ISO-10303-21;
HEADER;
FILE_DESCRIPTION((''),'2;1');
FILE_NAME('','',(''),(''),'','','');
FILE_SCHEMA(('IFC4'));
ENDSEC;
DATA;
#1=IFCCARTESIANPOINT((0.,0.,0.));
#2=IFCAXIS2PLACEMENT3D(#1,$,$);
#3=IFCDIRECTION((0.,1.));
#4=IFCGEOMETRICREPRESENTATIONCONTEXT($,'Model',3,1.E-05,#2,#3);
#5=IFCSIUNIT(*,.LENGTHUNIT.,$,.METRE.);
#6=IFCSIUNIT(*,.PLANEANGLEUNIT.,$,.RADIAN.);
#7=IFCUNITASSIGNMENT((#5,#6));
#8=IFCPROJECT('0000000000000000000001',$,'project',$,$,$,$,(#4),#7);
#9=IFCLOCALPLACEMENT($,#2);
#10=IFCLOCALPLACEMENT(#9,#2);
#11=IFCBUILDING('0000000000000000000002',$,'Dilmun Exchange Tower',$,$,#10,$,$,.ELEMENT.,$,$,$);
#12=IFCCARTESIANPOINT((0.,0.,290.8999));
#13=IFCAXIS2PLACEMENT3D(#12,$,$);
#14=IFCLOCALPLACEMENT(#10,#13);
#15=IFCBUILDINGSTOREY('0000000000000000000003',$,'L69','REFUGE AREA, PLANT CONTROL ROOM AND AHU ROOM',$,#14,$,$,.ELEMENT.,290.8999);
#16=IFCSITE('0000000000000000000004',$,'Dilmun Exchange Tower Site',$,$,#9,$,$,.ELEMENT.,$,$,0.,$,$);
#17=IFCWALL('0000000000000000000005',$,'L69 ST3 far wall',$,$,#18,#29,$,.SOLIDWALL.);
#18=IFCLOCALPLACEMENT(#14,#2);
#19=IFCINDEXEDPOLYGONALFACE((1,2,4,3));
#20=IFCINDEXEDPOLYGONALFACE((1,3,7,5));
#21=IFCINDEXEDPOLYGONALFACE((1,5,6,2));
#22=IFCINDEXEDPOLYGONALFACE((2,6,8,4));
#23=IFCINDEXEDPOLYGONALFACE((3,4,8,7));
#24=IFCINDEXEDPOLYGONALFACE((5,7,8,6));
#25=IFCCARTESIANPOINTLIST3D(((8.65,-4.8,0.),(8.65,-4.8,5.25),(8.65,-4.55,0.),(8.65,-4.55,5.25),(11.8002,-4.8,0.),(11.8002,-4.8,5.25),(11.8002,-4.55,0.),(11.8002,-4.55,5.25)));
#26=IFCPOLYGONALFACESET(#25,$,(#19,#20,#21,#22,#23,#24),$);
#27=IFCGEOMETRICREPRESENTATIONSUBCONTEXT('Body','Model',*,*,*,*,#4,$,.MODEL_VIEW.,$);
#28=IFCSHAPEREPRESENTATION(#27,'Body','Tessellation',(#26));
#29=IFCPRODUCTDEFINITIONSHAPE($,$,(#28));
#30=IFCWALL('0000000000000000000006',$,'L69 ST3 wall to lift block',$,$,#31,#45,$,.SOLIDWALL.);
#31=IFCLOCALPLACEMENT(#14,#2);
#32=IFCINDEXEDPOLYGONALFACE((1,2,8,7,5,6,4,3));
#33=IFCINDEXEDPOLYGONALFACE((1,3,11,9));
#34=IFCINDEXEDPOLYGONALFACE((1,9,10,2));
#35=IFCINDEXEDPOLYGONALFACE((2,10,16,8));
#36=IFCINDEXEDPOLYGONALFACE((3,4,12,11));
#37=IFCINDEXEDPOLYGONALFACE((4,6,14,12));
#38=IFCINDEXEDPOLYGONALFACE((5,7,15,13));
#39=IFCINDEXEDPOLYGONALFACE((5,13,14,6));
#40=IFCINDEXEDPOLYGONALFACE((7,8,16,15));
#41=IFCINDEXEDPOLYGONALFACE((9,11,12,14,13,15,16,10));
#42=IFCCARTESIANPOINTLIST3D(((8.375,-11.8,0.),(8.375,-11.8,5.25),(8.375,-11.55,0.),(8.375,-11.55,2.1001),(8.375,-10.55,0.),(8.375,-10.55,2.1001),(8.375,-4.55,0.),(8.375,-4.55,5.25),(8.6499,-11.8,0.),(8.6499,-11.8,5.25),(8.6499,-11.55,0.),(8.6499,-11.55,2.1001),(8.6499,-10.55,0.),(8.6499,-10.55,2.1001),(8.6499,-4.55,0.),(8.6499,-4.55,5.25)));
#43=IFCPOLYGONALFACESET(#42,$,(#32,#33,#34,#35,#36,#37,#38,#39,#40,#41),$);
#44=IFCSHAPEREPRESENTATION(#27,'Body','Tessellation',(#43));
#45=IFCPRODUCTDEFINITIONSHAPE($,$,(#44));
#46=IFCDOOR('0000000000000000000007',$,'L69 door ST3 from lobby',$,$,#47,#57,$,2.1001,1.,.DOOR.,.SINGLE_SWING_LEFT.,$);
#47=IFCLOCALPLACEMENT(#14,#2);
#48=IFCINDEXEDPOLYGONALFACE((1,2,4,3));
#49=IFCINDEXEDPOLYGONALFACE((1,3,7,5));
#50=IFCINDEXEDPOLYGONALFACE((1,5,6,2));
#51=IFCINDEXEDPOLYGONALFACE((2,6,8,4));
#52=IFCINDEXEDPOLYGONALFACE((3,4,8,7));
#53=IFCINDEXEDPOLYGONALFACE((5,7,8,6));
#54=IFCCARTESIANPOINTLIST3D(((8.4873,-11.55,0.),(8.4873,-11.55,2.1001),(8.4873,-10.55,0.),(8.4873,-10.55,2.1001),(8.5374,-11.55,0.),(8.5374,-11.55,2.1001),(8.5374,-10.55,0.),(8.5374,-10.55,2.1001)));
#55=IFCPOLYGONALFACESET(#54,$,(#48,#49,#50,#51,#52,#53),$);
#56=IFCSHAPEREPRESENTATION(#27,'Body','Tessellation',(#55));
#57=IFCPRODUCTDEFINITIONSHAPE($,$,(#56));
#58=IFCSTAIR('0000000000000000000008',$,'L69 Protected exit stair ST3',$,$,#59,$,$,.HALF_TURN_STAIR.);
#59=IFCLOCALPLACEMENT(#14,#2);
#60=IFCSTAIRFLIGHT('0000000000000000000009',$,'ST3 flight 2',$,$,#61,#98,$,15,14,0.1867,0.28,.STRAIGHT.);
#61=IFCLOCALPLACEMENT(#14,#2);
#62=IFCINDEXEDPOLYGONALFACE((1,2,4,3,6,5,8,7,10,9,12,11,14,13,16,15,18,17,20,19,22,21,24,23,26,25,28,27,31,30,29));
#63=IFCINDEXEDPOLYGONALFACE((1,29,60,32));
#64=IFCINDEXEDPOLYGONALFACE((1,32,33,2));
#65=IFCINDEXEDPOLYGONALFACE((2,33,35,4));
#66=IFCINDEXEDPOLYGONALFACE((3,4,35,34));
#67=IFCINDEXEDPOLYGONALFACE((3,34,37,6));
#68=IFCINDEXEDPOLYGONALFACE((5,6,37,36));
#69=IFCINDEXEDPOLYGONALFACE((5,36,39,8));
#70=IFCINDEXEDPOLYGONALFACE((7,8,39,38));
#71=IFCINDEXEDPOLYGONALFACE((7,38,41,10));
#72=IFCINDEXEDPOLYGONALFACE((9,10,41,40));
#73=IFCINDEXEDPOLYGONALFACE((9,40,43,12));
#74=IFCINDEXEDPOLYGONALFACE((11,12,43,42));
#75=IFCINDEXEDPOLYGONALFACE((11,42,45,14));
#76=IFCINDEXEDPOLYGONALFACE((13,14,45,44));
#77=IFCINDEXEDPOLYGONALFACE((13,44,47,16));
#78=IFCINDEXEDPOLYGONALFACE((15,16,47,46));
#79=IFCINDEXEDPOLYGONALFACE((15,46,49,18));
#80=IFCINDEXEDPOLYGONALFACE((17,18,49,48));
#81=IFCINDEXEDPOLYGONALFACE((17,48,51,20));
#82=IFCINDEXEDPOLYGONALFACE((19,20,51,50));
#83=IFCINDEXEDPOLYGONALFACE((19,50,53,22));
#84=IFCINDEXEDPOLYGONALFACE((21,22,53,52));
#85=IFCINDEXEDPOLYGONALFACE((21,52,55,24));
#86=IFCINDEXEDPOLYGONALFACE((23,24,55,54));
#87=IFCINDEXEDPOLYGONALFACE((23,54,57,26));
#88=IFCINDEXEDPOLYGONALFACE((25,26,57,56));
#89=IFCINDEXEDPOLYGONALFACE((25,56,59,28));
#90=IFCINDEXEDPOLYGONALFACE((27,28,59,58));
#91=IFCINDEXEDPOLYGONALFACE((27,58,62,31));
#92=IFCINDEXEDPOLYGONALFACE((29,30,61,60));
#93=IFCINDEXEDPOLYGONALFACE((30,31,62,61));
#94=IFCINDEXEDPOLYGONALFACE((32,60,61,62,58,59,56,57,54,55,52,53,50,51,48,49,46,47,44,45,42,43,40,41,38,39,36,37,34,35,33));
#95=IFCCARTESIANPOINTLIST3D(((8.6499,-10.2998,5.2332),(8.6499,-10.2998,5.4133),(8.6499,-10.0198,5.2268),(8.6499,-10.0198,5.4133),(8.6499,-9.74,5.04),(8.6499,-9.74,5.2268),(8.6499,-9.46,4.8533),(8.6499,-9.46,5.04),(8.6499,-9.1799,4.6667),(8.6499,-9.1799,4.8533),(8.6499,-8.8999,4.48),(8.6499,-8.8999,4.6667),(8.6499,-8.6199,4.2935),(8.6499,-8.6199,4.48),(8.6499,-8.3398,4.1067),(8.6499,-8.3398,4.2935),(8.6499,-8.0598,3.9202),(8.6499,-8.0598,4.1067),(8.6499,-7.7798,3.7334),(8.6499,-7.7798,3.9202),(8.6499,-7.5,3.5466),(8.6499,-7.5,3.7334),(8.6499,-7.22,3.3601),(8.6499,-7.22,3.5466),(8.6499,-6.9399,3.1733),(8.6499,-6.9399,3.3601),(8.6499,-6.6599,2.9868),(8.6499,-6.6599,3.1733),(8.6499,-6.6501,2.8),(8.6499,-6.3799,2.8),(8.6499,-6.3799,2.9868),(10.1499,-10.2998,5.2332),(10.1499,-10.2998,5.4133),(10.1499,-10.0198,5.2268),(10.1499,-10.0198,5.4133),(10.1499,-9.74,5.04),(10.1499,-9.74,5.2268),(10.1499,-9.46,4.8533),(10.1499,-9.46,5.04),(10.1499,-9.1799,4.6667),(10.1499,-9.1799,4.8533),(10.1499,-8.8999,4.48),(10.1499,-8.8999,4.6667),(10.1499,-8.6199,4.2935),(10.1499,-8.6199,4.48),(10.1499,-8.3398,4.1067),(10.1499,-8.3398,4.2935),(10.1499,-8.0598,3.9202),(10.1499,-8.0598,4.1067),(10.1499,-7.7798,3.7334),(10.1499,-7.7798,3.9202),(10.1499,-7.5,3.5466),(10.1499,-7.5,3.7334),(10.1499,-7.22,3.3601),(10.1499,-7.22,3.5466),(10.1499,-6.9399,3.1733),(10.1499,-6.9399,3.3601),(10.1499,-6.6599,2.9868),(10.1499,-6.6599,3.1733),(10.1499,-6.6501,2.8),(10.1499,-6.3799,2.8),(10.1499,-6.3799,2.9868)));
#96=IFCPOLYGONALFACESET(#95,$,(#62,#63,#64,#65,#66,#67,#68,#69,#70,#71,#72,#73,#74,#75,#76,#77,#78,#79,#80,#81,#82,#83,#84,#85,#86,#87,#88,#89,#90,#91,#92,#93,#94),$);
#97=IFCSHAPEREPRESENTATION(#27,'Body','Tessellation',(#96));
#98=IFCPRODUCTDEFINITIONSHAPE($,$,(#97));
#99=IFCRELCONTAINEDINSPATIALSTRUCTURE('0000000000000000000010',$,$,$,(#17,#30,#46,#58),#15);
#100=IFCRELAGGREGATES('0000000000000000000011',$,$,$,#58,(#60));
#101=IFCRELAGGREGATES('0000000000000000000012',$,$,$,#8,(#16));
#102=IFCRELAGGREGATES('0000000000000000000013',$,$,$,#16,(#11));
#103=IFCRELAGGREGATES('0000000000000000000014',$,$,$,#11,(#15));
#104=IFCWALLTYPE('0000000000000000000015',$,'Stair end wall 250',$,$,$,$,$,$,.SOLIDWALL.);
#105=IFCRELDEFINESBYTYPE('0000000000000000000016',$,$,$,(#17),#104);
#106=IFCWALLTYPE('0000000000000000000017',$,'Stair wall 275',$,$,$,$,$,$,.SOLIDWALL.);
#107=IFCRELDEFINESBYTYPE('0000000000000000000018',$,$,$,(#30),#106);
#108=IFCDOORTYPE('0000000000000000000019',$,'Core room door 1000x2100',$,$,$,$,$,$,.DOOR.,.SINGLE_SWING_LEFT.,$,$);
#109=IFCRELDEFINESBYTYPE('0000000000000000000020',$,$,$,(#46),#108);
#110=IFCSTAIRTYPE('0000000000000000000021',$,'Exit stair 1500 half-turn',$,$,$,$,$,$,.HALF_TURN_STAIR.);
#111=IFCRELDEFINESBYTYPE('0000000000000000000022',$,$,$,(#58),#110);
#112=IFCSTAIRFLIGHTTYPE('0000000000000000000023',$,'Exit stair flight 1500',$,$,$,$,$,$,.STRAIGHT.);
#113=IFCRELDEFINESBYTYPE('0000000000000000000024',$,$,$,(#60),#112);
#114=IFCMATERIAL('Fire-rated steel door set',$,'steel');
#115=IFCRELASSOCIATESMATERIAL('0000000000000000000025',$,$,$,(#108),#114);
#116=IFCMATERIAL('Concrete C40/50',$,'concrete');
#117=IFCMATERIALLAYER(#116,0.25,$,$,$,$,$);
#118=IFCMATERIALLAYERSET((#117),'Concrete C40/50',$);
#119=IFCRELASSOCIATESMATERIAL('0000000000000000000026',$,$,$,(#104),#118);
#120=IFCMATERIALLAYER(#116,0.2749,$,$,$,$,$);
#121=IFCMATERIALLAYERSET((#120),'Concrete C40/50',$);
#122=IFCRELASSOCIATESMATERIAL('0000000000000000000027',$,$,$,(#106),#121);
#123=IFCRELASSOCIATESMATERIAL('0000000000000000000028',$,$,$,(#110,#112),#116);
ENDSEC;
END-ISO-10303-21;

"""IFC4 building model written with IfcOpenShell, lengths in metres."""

from ifc_helpers import new_model, si_unit, direction, frame, frame_2d, origin, place, context, subcontext, project, spatial, polyline, rectangle, outline, extrude, material, layer, layer_set, type_object, element, fill, aggregate, save


model = new_model("IFC4")

# Units and contexts
model_context = context("Model", 3, precision=1e-05, world=origin(), true_north=direction((0.0, 1.0)))
body_context = subcontext(model_context, "Body", "Model", "MODEL_VIEW")
ifc_project = project(units=[si_unit("LENGTHUNIT", "METRE"), si_unit("PLANEANGLEUNIT", "RADIAN")], contexts=[model_context])

# Site, building, storey
site_placement = place(None, origin())
site = spatial("IfcSite", under=ifc_project, at=site_placement, Name="Dilmun Exchange Tower Site", CompositionType="ELEMENT", RefElevation=0.0)
building_placement = place(site_placement, origin())
building = spatial("IfcBuilding", under=site, at=building_placement, Name="Dilmun Exchange Tower", CompositionType="ELEMENT")
storey_placement = place(building_placement, frame((0.0, 0.0, 290.8999)))
storey = spatial("IfcBuildingStorey", under=building, at=storey_placement, Name="L69", Description="REFUGE AREA, PLANT CONTROL ROOM AND AHU ROOM", CompositionType="ELEMENT", Elevation=290.8999)

# Shared definitions
ifc_material_1 = material(Name="Concrete C40/50", Category="concrete")

# Shared definitions
ifc_material_2 = material(Name="Fire-rated steel door set", Category="steel")
door_type_1 = type_object("IfcDoorType", Name="Core room door 1000x2100", OperationType="SINGLE_SWING_LEFT", PredefinedType="DOOR", material=ifc_material_2)

# Wall
ifc_layer_1 = layer(ifc_material_1, 0.25)
ifc_layer_set_1 = layer_set([ifc_layer_1], Name="Concrete C40/50")
wall_type_1 = type_object("IfcWallType", Name="Stair end wall 250", PredefinedType="SOLIDWALL", material=ifc_layer_set_1)
wall_1_placement = place(storey_placement, frame((8.6499, -4.675, 0.0), z_axis=(0.0, 0.0, 1.0), x_axis=(1.0, 0.0, 0.0)))
element("IfcWall", 1, at=wall_1_placement, inside=storey, type_object=wall_type_1, Name="L69 ST3 far wall", PredefinedType="SOLIDWALL", context=body_context, shape_type="SweptSolid", body=[
    extrude(rectangle(XDim=3.1501, YDim=0.25, at=frame_2d((1.5752, 0.0))), origin(), (0.0, 0.0, 1.0), 5.25),
])

# Wall, opening, door
ifc_layer_2 = layer(ifc_material_1, 0.2749)
ifc_layer_set_2 = layer_set([ifc_layer_2], Name="Concrete C40/50")
wall_type_2 = type_object("IfcWallType", Name="Stair wall 275", PredefinedType="SOLIDWALL", material=ifc_layer_set_2)
wall_2_placement = place(storey_placement, frame((8.5125, -4.55, 0.0), z_axis=(0.0, 0.0, 1.0), x_axis=(0.0, -1.0, 0.0)))
wall_2 = element("IfcWall", 2, at=wall_2_placement, inside=storey, type_object=wall_type_2, Name="L69 ST3 wall to lift block", PredefinedType="SOLIDWALL", context=body_context, shape_type="SweptSolid", body=[
    extrude(rectangle(XDim=7.25, YDim=0.2749, at=frame_2d((3.625, 0.0))), origin(), (0.0, 0.0, 1.0), 5.25),
])
opening_1_placement = place(wall_2_placement, frame((6.0, 0.0, 0.0)))
opening_1 = element("IfcOpeningElement", 3, at=opening_1_placement, cuts=wall_2, PredefinedType="OPENING", context=body_context, shape_type="SweptSolid", body=[
    extrude(rectangle(XDim=1.0, YDim=2.1001, at=frame_2d((0.5, 1.05))), frame((0.0, 0.1475, 0.0), z_axis=(0.0, -1.0, 0.0), x_axis=(1.0, 0.0, 0.0)), (0.0, 0.0, 1.0), 0.2949),
])
door_1_placement = place(opening_1_placement, origin())
door_1 = element("IfcDoor", 4, at=door_1_placement, inside=storey, type_object=door_type_1, Name="L69 door ST3 from lobby", OperationType="SINGLE_SWING_LEFT", OverallHeight=2.1001, OverallWidth=1.0, PredefinedType="DOOR", context=body_context, shape_type="SweptSolid", body=[
    extrude(rectangle(XDim=1.0, YDim=2.1001, at=frame_2d((0.5, 1.05))), frame((0.0, 0.0249, 0.0), z_axis=(0.0, -1.0, 0.0), x_axis=(1.0, 0.0, 0.0)), (0.0, 0.0, 1.0), 0.05),
])
fill(opening_1, door_1)

# Stair, stair flight
stair_type = type_object("IfcStairType", Name="Exit stair 1500 half-turn", PredefinedType="HALF_TURN_STAIR", material=ifc_material_1)
stair_placement = place(storey_placement, origin())
stair = element("IfcStair", 5, at=stair_placement, inside=storey, type_object=stair_type, Name="L69 Protected exit stair ST3", PredefinedType="HALF_TURN_STAIR")
stair_flight_type = type_object("IfcStairFlightType", Name="Exit stair flight 1500", PredefinedType="STRAIGHT", material=ifc_material_1)
stair_flight_placement = place(storey_placement, frame((9.3999, -6.3799, 2.8), z_axis=(0.0, 0.0, 1.0), x_axis=(0.0, -1.0, 0.0)))
stair_flight = element("IfcStairFlight", 6, at=stair_flight_placement, type_object=stair_flight_type, Name="ST3 flight 2", NumberOfRisers=15, NumberOfTreads=14, PredefinedType="STRAIGHT", RiserHeight=0.1867, TreadLength=0.28, context=body_context, shape_type="SweptSolid", body=[
    extrude(outline(polyline([(0.0, 0.0), (0.0, 0.1868), (0.28, 0.1868), (0.28, 0.3733), (0.5601, 0.3733), (0.5601, 0.5601), (0.8401, 0.5601), (0.8401, 0.7466), (1.1201, 0.7466), (1.1201, 0.9333), (1.3999, 0.9333), (1.3999, 1.1201), (1.6799, 1.1201), (1.6799, 1.3066), (1.96, 1.3066), (1.96, 1.4934), (2.24, 1.4934), (2.24, 1.6799), (2.52, 1.6799), (2.52, 1.8667), (2.8, 1.8667), (2.8, 2.0532), (3.0801, 2.0532), (3.0801, 2.24), (3.3601, 2.24), (3.3601, 2.4268), (3.6399, 2.4268), (3.6399, 2.6133), (3.9199, 2.6133), (3.9199, 2.8), (3.9199, 2.4331), (0.2703, 0.0), (0.0, 0.0)])), frame((0.0, 0.75, 0.0), z_axis=(0.0, -1.0, 0.0), x_axis=(1.0, 0.0, 0.0)), (0.0, 0.0, 1.0), 1.5),
])
aggregate(stair, [stair_flight])

save(model, "model.ifc")
